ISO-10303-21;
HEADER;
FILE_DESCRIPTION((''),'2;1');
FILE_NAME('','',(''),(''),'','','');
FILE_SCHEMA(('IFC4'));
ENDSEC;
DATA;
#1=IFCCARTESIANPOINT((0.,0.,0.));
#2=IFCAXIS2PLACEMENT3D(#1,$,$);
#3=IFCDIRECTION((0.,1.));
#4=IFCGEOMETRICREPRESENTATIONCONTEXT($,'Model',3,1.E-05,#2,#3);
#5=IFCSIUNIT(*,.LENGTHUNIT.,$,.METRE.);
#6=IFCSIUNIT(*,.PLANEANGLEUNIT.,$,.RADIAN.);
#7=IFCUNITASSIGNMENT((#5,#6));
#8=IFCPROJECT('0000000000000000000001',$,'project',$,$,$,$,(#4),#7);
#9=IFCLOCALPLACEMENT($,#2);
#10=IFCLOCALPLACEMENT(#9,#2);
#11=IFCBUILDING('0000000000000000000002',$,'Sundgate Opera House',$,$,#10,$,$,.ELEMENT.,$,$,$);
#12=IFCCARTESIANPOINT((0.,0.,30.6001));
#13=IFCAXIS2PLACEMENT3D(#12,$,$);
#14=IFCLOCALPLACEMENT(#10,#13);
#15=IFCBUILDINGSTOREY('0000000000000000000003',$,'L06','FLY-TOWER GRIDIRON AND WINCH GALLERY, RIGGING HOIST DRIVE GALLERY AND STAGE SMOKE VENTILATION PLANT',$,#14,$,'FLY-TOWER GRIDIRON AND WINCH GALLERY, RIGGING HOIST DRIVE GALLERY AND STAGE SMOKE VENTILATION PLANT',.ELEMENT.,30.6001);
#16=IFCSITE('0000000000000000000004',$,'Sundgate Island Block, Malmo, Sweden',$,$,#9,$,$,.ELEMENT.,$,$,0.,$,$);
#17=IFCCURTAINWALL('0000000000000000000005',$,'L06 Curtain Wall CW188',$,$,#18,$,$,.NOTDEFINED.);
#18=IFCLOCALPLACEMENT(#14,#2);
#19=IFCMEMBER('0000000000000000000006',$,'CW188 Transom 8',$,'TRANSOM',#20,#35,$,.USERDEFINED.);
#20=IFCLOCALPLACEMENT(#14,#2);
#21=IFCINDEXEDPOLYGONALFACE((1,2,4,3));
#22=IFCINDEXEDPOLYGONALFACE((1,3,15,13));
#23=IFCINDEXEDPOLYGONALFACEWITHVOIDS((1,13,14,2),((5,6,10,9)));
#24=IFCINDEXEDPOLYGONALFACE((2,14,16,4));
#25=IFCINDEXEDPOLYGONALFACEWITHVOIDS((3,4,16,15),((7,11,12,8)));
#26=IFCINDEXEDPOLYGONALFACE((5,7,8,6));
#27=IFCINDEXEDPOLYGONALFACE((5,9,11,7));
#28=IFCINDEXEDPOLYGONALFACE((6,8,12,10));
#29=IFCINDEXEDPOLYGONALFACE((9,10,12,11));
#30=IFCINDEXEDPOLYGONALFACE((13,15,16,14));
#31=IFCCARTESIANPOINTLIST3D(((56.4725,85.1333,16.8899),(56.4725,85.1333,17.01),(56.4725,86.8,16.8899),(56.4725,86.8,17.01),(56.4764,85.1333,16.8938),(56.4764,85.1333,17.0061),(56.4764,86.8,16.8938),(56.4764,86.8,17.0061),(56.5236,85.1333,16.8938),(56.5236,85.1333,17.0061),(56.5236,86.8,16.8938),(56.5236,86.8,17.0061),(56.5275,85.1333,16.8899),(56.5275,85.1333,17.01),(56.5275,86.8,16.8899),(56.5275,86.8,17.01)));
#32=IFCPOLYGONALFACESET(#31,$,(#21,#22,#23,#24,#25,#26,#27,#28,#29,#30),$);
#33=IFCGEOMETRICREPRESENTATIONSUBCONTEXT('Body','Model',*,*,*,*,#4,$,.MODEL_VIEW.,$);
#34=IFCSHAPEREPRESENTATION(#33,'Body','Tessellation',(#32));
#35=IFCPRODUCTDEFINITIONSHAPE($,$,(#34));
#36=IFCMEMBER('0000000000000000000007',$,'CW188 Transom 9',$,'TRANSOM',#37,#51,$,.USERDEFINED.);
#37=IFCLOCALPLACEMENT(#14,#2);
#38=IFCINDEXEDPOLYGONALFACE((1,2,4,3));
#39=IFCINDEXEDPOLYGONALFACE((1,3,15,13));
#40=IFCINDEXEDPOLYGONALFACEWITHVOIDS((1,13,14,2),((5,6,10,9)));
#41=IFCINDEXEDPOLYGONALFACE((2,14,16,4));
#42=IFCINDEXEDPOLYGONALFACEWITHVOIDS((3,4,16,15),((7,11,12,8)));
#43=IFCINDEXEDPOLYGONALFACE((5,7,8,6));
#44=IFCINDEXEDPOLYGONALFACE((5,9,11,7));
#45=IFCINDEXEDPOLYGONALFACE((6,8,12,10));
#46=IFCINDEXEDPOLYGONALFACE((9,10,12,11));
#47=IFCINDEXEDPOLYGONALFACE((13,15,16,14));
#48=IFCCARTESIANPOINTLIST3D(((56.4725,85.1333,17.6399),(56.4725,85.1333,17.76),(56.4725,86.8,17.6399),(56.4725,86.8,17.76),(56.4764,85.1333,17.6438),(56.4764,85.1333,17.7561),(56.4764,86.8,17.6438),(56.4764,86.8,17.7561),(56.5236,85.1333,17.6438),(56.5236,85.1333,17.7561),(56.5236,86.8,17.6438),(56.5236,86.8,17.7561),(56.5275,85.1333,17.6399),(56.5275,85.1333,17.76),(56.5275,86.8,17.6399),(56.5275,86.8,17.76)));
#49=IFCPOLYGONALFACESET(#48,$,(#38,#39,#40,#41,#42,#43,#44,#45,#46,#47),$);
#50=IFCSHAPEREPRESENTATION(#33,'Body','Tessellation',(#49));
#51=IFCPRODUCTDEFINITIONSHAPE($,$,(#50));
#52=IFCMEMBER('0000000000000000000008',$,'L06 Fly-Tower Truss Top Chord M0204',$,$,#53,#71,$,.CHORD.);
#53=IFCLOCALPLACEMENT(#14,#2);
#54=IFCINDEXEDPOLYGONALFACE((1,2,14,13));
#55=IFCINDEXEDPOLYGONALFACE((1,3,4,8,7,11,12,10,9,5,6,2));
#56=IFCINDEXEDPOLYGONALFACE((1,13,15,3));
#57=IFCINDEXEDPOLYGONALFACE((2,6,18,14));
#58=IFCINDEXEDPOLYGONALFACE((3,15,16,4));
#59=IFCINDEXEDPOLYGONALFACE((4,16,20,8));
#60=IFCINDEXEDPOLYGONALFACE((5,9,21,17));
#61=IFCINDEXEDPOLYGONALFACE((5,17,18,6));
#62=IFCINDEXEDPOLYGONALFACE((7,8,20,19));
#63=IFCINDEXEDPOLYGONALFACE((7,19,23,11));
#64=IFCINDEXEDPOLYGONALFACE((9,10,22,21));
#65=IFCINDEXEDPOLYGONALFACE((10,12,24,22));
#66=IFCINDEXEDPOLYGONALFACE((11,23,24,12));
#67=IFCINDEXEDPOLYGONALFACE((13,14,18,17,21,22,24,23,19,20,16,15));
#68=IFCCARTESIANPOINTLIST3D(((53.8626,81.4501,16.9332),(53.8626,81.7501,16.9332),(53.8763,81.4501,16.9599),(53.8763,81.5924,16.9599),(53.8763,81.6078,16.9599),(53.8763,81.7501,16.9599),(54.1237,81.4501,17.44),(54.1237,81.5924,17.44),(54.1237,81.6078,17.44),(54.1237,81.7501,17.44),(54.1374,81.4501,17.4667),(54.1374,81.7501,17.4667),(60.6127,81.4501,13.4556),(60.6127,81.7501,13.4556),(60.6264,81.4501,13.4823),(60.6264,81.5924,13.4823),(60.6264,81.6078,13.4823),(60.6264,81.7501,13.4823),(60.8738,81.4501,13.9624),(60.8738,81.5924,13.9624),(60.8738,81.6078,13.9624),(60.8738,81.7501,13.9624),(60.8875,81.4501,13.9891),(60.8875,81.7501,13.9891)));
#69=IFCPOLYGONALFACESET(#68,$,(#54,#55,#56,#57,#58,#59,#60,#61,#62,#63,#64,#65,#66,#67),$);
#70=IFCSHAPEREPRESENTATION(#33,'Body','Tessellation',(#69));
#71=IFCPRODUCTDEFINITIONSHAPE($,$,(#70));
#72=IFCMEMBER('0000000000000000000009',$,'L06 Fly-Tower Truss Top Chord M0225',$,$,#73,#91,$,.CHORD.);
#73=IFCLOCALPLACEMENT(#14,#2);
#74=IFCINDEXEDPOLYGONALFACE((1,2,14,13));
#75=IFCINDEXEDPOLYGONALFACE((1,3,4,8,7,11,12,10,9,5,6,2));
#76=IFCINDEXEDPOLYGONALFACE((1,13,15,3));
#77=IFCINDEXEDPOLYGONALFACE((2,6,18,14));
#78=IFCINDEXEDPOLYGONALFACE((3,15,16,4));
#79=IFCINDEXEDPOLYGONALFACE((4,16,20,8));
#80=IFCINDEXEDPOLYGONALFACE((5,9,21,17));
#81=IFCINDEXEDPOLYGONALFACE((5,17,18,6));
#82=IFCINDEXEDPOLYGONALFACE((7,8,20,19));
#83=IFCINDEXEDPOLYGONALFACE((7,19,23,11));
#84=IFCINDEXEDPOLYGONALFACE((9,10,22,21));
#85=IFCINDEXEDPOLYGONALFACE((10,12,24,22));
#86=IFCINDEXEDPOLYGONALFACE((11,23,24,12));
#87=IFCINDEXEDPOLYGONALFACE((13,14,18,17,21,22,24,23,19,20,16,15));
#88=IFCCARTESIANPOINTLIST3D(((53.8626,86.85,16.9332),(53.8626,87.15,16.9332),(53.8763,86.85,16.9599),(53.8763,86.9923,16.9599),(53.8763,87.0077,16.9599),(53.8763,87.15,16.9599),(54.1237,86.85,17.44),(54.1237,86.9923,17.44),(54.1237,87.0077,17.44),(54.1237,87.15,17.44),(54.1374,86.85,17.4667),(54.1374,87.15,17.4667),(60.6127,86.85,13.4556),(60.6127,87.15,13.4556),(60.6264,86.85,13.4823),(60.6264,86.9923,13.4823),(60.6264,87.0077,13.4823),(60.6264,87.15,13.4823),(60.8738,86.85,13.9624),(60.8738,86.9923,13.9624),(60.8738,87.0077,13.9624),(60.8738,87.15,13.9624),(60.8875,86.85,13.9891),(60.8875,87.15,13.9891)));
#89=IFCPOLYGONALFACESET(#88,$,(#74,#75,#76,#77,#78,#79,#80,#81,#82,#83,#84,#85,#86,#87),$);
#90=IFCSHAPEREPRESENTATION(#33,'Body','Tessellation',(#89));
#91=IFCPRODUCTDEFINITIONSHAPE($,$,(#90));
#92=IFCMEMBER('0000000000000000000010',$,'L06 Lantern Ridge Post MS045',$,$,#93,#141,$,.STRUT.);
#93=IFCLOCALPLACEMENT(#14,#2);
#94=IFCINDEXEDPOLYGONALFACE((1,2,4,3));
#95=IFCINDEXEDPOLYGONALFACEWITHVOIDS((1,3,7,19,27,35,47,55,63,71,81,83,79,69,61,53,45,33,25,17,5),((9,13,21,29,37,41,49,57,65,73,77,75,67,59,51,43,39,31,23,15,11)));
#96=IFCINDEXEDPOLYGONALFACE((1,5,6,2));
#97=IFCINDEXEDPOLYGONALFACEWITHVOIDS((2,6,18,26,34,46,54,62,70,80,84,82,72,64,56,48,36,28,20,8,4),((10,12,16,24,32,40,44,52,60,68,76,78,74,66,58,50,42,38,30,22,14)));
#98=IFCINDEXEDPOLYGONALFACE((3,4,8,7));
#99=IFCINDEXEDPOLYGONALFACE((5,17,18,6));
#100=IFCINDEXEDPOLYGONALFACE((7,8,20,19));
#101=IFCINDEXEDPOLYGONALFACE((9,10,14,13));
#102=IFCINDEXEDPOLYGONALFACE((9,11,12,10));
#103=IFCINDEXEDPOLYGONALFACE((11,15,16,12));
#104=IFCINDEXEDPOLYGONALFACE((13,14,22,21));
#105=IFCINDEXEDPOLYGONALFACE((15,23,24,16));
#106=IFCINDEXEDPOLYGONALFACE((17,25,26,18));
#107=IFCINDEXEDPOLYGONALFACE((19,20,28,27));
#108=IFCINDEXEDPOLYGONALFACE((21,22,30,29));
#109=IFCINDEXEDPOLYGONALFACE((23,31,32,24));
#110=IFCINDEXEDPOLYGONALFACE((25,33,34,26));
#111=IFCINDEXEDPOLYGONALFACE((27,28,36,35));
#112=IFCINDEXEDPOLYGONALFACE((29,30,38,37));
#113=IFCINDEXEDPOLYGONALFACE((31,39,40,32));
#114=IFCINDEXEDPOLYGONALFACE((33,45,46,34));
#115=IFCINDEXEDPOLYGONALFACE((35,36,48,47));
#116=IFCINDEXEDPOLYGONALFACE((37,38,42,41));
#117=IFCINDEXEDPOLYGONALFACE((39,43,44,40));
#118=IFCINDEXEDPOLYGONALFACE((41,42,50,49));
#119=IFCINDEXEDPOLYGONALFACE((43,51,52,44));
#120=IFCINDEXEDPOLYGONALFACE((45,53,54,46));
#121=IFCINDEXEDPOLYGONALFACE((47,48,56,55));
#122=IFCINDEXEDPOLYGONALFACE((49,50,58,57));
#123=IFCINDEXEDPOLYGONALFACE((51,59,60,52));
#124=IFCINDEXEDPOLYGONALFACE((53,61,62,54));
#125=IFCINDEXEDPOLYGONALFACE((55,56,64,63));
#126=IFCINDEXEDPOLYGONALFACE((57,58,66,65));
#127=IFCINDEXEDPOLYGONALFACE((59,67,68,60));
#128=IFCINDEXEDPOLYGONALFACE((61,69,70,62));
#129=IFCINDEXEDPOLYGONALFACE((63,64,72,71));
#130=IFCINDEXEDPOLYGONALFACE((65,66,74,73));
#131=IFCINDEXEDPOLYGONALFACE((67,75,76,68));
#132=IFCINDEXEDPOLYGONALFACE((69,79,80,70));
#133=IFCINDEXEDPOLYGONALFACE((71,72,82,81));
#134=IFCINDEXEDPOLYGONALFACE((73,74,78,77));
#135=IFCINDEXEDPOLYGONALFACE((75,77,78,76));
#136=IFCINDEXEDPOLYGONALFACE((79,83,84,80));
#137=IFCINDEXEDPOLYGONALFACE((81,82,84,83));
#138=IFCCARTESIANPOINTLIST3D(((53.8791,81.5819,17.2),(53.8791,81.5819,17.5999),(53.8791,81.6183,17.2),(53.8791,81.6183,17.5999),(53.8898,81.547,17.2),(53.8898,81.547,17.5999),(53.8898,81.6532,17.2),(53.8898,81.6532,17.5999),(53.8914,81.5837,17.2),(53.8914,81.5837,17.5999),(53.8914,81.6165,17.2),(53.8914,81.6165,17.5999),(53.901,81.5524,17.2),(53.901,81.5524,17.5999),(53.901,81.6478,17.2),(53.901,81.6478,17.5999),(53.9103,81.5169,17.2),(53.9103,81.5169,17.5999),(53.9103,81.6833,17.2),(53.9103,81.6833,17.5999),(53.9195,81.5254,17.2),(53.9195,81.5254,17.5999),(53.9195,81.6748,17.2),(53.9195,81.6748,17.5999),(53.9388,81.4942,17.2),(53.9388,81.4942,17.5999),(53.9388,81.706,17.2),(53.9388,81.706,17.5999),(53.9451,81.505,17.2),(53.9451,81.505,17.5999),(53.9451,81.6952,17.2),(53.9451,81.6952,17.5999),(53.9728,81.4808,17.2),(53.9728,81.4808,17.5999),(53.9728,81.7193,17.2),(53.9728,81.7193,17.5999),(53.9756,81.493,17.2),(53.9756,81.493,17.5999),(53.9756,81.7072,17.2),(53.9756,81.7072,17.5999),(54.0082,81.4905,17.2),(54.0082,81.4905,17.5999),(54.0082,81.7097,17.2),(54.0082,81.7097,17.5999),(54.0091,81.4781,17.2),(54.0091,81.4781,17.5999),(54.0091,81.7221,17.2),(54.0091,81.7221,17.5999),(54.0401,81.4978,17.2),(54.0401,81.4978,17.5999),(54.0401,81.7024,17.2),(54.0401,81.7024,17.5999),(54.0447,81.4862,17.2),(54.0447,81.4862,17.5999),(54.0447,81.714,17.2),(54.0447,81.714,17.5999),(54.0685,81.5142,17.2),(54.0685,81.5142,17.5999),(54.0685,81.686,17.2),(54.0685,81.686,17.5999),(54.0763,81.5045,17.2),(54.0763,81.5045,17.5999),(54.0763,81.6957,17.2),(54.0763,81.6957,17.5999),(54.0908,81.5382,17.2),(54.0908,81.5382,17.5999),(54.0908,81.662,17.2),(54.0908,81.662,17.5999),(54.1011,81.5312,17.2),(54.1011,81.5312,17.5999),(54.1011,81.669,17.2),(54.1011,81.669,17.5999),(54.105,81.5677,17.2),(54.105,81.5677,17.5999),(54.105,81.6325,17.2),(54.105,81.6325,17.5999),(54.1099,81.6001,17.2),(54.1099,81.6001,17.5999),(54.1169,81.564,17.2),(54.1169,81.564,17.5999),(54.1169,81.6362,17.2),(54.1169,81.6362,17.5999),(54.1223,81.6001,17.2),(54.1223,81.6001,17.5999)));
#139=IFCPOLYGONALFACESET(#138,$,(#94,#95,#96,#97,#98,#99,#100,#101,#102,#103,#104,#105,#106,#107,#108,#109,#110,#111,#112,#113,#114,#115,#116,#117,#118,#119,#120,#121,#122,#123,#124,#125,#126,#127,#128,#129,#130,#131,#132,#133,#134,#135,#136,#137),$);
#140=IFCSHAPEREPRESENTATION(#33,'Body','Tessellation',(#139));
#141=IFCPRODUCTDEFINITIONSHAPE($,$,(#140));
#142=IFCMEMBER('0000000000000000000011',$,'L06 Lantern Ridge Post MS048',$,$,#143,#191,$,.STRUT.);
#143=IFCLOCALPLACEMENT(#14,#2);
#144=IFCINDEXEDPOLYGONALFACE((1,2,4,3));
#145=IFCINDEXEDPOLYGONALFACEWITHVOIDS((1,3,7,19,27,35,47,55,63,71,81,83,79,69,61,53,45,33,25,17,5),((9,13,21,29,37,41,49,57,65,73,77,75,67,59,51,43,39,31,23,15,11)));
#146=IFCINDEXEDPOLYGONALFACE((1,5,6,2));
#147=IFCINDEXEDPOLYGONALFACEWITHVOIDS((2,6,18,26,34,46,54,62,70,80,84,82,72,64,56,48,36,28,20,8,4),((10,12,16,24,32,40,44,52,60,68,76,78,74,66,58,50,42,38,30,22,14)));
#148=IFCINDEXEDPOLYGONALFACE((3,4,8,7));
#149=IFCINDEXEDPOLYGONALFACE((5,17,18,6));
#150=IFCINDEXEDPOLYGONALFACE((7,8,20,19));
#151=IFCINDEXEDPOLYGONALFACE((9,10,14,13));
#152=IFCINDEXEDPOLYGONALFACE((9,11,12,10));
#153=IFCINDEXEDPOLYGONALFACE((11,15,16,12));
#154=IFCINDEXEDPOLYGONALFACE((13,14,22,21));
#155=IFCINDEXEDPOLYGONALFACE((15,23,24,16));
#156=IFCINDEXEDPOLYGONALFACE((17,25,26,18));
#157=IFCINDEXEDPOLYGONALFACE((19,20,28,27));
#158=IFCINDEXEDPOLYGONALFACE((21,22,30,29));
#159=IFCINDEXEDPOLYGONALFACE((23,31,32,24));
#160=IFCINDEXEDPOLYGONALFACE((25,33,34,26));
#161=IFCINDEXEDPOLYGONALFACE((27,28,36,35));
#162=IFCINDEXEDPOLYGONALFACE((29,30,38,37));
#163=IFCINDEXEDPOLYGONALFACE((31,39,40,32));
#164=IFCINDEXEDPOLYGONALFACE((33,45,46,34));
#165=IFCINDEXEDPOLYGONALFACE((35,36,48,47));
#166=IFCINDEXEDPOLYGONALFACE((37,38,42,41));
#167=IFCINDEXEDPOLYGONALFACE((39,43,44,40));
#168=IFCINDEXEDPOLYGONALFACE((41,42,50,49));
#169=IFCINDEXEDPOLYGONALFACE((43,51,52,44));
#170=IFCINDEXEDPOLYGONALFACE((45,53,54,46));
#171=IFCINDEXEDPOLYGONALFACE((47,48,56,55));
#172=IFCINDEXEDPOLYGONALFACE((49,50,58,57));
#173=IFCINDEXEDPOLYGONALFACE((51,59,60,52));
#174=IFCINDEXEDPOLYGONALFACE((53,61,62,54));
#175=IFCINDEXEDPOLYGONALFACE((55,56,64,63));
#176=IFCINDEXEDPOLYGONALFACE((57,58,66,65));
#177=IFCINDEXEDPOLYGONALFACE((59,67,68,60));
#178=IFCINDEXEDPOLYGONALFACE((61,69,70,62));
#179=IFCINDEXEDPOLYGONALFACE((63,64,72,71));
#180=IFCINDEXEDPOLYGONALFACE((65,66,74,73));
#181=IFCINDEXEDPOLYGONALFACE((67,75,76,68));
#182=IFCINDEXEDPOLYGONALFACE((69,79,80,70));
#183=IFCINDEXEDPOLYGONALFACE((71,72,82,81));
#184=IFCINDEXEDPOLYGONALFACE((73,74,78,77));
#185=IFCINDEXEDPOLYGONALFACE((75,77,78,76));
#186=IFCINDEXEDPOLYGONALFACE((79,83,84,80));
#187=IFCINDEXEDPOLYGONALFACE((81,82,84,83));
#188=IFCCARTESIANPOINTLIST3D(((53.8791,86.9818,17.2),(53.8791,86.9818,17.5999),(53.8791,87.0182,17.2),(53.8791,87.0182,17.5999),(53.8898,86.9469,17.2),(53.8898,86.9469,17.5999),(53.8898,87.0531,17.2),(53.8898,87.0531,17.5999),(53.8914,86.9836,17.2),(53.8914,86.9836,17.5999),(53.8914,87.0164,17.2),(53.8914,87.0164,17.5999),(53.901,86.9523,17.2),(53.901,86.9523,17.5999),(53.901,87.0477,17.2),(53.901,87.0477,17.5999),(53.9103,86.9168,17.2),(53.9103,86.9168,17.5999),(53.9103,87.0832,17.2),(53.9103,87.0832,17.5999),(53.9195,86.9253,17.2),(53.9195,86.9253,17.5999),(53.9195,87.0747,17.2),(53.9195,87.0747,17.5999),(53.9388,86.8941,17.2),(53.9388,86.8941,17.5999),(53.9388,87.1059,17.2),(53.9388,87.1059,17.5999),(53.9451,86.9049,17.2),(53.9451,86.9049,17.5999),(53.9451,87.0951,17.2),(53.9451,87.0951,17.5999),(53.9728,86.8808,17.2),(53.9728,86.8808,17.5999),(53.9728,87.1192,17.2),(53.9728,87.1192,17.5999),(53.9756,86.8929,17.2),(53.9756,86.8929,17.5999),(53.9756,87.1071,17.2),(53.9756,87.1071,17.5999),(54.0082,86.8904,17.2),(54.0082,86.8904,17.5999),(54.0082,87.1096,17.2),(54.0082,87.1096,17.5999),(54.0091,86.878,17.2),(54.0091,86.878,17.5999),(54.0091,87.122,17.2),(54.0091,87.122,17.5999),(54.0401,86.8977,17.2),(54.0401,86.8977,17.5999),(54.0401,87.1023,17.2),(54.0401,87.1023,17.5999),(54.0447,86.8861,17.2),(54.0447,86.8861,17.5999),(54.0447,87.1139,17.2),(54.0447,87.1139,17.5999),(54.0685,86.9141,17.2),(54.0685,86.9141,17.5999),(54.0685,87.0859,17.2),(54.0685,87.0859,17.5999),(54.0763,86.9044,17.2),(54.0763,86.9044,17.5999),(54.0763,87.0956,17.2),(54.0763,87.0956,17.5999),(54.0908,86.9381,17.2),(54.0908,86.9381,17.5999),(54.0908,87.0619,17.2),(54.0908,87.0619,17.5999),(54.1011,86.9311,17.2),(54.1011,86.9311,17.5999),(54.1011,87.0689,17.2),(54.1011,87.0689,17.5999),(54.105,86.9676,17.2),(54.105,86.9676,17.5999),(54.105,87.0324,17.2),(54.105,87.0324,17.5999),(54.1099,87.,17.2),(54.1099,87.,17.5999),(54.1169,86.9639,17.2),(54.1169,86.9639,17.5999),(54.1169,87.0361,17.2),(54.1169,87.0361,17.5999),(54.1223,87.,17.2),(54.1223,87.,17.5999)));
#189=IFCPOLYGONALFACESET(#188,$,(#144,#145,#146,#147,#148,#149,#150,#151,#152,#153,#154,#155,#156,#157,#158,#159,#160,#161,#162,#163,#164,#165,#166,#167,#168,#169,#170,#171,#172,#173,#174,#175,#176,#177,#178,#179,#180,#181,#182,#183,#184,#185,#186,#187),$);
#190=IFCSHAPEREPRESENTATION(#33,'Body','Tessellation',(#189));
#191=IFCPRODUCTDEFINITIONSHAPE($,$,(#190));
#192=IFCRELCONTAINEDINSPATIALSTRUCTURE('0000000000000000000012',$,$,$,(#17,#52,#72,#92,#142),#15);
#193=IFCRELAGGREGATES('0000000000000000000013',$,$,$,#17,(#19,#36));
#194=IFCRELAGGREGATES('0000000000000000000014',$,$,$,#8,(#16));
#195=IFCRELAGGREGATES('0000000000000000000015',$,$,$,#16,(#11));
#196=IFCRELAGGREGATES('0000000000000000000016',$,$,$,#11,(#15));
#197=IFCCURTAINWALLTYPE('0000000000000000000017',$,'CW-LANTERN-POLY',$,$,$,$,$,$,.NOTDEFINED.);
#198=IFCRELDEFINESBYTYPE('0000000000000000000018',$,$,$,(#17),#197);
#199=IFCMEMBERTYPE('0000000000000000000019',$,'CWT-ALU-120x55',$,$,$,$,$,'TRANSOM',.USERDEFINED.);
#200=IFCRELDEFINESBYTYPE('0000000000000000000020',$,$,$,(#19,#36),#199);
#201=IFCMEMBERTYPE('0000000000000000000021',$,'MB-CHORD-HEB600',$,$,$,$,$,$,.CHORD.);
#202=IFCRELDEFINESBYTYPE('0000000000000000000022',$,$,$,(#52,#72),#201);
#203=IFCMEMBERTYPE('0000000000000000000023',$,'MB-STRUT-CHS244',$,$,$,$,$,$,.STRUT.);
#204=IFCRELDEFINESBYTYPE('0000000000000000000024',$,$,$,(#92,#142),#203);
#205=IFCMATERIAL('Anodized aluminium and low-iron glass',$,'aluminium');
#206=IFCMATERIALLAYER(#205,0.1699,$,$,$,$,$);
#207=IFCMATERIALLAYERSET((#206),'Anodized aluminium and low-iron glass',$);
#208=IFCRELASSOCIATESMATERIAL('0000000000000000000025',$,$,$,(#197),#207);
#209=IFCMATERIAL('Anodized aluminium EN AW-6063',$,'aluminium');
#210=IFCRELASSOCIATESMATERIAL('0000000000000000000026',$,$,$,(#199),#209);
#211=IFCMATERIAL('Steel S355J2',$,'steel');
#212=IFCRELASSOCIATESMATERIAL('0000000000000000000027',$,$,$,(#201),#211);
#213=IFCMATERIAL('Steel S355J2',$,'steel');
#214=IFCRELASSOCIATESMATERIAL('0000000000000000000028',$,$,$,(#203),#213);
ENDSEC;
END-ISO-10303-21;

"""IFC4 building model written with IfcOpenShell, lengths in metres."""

from ifc_helpers import new_model, si_unit, direction, frame, origin, origin_2d, place, context, subcontext, project, spatial, hollow_rectangle, hollow_circle, i_section, extrude, material, layer, layer_set, material_profile, profile_set, type_object, element, aggregate, save


model = new_model("IFC4")

# Units and contexts
model_context = context("Model", 3, precision=1e-05, world=origin(), true_north=direction((0.0, 1.0)))
body_context = subcontext(model_context, "Body", "Model", "MODEL_VIEW")
ifc_project = project(units=[si_unit("LENGTHUNIT", "METRE"), si_unit("PLANEANGLEUNIT", "RADIAN")], contexts=[model_context])

# Site, building, storey
site_placement = place(None, origin())
site = spatial("IfcSite", under=ifc_project, at=site_placement, Name="Sundgate Island Block, Malmo, Sweden", CompositionType="ELEMENT", RefElevation=0.0)
building_placement = place(site_placement, origin())
building = spatial("IfcBuilding", under=site, at=building_placement, Name="Sundgate Opera House", CompositionType="ELEMENT")
storey_placement = place(building_placement, frame((0.0, 0.0, 30.6001)))
storey = spatial("IfcBuildingStorey", under=building, at=storey_placement, Name="L06", Description="FLY-TOWER GRIDIRON AND WINCH GALLERY, RIGGING HOIST DRIVE GALLERY AND STAGE SMOKE VENTILATION PLANT", LongName="FLY-TOWER GRIDIRON AND WINCH GALLERY, RIGGING HOIST DRIVE GALLERY AND STAGE SMOKE VENTILATION PLANT", CompositionType="ELEMENT", Elevation=30.6001)

# Curtain wall
ifc_material_1 = material(Name="Anodized aluminium and low-iron glass", Category="aluminium")
ifc_layer_1 = layer(ifc_material_1, 0.1699)
ifc_layer_set_1 = layer_set([ifc_layer_1], Name="Anodized aluminium and low-iron glass")
curtain_wall_type = type_object("IfcCurtainWallType", Name="CW-LANTERN-POLY", PredefinedType="NOTDEFINED", material=ifc_layer_set_1)
curtain_wall_1_placement = place(storey_placement, origin())
curtain_wall_1 = element("IfcCurtainWall", 1, at=curtain_wall_1_placement, inside=storey, type_object=curtain_wall_type, Name="L06 Curtain Wall CW188", PredefinedType="NOTDEFINED")
ifc_material_2 = material(Name="Anodized aluminium EN AW-6063", Category="aluminium")
ifc_material_profile_1 = material_profile(ifc_material_2, hollow_rectangle(XDim=0.0549, YDim=0.1201, WallThickness=0.0039, at=origin_2d()), Name="CWT 120x55x4")
ifc_profile_set_1 = profile_set([ifc_material_profile_1], Name="Anodized aluminium EN AW-6063")
member_type_1 = type_object("IfcMemberType", Name="CWT-ALU-120x55", ElementType="TRANSOM", PredefinedType="USERDEFINED", material=ifc_profile_set_1)

# Members
member_1_placement = place(storey_placement, frame((56.5, 85.1333, 16.95), z_axis=(0.0, 1.0, 0.0), x_axis=(-1.0, 0.0, 0.0)))
member_1 = element("IfcMember", 2, at=member_1_placement, type_object=member_type_1, Name="CW188 Transom 8", ObjectType="TRANSOM", PredefinedType="USERDEFINED", context=body_context, shape_type="SweptSolid", body=[
    extrude(hollow_rectangle(XDim=0.0549, YDim=0.1201, WallThickness=0.0039, at=origin_2d()), origin(), (0.0, 0.0, 1.0), 1.6667),
])
member_2_placement = place(storey_placement, frame((56.5, 85.1333, 17.7), z_axis=(0.0, 1.0, 0.0), x_axis=(-1.0, 0.0, 0.0)))
member_2 = element("IfcMember", 3, at=member_2_placement, type_object=member_type_1, Name="CW188 Transom 9", ObjectType="TRANSOM", PredefinedType="USERDEFINED", context=body_context, shape_type="SweptSolid", body=[
    extrude(hollow_rectangle(XDim=0.0549, YDim=0.1201, WallThickness=0.0039, at=origin_2d()), origin(), (0.0, 0.0, 1.0), 1.6667),
])

# Members
ifc_material_3 = material(Name="Steel S355J2", Category="steel")
ifc_material_profile_2 = material_profile(ifc_material_3, i_section(OverallWidth=0.3, OverallDepth=0.6001, WebThickness=0.0154, FlangeThickness=0.03, at=origin_2d()), Name="HEB 600")
ifc_profile_set_2 = profile_set([ifc_material_profile_2], Name="Steel S355J2")
member_type_2 = type_object("IfcMemberType", Name="MB-CHORD-HEB600", PredefinedType="CHORD", material=ifc_profile_set_2)
for number, where, z_axis, x_axis, name in (
    (4, (54.0, 81.6001, 17.2), (0.88896, 0.0, -0.457984), (0.0, 1.0, 0.0), "L06 Fly-Tower Truss Top Chord M0204"),
    (5, (54.0, 87.0, 17.2), (0.88896, 0.0, -0.457984), (0.0, 1.0, 0.0), "L06 Fly-Tower Truss Top Chord M0225"),
):
    element("IfcMember", number, at=place(storey_placement, frame(where, z_axis=z_axis, x_axis=x_axis)), inside=storey, type_object=member_type_2, Name=name, PredefinedType="CHORD", context=body_context, shape_type="SweptSolid", body=[
        extrude(i_section(OverallWidth=0.3, OverallDepth=0.6001, WebThickness=0.0154, FlangeThickness=0.03, at=origin_2d()), origin(), (0.0, 0.0, 1.0), 7.5933),
    ])
ifc_material_4 = material(Name="Steel S355J2", Category="steel")
ifc_material_profile_3 = material_profile(ifc_material_4, hollow_circle(Radius=0.1223, WallThickness=0.0125, at=origin_2d()), Name="CHS 244.5x12.5")
ifc_profile_set_3 = profile_set([ifc_material_profile_3], Name="Steel S355J2")
member_type_3 = type_object("IfcMemberType", Name="MB-STRUT-CHS244", PredefinedType="STRUT", material=ifc_profile_set_3)
for number, where, z_axis, x_axis, name in (
    (6, (54.0, 81.6001, 17.2), (0.0, 0.0, 1.0), (1.0, 0.0, 0.0), "L06 Lantern Ridge Post MS045"),
    (7, (54.0, 87.0, 17.2), (0.0, 0.0, 1.0), (1.0, 0.0, 0.0), "L06 Lantern Ridge Post MS048"),
):
    element("IfcMember", number, at=place(storey_placement, frame(where, z_axis=z_axis, x_axis=x_axis)), inside=storey, type_object=member_type_3, Name=name, PredefinedType="STRUT", context=body_context, shape_type="SweptSolid", body=[
        extrude(hollow_circle(Radius=0.1223, WallThickness=0.0125, at=origin_2d()), origin(), (0.0, 0.0, 1.0), 0.3999),
    ])

aggregate(curtain_wall_1, [member_1, member_2])

save(model, "model.ifc")
